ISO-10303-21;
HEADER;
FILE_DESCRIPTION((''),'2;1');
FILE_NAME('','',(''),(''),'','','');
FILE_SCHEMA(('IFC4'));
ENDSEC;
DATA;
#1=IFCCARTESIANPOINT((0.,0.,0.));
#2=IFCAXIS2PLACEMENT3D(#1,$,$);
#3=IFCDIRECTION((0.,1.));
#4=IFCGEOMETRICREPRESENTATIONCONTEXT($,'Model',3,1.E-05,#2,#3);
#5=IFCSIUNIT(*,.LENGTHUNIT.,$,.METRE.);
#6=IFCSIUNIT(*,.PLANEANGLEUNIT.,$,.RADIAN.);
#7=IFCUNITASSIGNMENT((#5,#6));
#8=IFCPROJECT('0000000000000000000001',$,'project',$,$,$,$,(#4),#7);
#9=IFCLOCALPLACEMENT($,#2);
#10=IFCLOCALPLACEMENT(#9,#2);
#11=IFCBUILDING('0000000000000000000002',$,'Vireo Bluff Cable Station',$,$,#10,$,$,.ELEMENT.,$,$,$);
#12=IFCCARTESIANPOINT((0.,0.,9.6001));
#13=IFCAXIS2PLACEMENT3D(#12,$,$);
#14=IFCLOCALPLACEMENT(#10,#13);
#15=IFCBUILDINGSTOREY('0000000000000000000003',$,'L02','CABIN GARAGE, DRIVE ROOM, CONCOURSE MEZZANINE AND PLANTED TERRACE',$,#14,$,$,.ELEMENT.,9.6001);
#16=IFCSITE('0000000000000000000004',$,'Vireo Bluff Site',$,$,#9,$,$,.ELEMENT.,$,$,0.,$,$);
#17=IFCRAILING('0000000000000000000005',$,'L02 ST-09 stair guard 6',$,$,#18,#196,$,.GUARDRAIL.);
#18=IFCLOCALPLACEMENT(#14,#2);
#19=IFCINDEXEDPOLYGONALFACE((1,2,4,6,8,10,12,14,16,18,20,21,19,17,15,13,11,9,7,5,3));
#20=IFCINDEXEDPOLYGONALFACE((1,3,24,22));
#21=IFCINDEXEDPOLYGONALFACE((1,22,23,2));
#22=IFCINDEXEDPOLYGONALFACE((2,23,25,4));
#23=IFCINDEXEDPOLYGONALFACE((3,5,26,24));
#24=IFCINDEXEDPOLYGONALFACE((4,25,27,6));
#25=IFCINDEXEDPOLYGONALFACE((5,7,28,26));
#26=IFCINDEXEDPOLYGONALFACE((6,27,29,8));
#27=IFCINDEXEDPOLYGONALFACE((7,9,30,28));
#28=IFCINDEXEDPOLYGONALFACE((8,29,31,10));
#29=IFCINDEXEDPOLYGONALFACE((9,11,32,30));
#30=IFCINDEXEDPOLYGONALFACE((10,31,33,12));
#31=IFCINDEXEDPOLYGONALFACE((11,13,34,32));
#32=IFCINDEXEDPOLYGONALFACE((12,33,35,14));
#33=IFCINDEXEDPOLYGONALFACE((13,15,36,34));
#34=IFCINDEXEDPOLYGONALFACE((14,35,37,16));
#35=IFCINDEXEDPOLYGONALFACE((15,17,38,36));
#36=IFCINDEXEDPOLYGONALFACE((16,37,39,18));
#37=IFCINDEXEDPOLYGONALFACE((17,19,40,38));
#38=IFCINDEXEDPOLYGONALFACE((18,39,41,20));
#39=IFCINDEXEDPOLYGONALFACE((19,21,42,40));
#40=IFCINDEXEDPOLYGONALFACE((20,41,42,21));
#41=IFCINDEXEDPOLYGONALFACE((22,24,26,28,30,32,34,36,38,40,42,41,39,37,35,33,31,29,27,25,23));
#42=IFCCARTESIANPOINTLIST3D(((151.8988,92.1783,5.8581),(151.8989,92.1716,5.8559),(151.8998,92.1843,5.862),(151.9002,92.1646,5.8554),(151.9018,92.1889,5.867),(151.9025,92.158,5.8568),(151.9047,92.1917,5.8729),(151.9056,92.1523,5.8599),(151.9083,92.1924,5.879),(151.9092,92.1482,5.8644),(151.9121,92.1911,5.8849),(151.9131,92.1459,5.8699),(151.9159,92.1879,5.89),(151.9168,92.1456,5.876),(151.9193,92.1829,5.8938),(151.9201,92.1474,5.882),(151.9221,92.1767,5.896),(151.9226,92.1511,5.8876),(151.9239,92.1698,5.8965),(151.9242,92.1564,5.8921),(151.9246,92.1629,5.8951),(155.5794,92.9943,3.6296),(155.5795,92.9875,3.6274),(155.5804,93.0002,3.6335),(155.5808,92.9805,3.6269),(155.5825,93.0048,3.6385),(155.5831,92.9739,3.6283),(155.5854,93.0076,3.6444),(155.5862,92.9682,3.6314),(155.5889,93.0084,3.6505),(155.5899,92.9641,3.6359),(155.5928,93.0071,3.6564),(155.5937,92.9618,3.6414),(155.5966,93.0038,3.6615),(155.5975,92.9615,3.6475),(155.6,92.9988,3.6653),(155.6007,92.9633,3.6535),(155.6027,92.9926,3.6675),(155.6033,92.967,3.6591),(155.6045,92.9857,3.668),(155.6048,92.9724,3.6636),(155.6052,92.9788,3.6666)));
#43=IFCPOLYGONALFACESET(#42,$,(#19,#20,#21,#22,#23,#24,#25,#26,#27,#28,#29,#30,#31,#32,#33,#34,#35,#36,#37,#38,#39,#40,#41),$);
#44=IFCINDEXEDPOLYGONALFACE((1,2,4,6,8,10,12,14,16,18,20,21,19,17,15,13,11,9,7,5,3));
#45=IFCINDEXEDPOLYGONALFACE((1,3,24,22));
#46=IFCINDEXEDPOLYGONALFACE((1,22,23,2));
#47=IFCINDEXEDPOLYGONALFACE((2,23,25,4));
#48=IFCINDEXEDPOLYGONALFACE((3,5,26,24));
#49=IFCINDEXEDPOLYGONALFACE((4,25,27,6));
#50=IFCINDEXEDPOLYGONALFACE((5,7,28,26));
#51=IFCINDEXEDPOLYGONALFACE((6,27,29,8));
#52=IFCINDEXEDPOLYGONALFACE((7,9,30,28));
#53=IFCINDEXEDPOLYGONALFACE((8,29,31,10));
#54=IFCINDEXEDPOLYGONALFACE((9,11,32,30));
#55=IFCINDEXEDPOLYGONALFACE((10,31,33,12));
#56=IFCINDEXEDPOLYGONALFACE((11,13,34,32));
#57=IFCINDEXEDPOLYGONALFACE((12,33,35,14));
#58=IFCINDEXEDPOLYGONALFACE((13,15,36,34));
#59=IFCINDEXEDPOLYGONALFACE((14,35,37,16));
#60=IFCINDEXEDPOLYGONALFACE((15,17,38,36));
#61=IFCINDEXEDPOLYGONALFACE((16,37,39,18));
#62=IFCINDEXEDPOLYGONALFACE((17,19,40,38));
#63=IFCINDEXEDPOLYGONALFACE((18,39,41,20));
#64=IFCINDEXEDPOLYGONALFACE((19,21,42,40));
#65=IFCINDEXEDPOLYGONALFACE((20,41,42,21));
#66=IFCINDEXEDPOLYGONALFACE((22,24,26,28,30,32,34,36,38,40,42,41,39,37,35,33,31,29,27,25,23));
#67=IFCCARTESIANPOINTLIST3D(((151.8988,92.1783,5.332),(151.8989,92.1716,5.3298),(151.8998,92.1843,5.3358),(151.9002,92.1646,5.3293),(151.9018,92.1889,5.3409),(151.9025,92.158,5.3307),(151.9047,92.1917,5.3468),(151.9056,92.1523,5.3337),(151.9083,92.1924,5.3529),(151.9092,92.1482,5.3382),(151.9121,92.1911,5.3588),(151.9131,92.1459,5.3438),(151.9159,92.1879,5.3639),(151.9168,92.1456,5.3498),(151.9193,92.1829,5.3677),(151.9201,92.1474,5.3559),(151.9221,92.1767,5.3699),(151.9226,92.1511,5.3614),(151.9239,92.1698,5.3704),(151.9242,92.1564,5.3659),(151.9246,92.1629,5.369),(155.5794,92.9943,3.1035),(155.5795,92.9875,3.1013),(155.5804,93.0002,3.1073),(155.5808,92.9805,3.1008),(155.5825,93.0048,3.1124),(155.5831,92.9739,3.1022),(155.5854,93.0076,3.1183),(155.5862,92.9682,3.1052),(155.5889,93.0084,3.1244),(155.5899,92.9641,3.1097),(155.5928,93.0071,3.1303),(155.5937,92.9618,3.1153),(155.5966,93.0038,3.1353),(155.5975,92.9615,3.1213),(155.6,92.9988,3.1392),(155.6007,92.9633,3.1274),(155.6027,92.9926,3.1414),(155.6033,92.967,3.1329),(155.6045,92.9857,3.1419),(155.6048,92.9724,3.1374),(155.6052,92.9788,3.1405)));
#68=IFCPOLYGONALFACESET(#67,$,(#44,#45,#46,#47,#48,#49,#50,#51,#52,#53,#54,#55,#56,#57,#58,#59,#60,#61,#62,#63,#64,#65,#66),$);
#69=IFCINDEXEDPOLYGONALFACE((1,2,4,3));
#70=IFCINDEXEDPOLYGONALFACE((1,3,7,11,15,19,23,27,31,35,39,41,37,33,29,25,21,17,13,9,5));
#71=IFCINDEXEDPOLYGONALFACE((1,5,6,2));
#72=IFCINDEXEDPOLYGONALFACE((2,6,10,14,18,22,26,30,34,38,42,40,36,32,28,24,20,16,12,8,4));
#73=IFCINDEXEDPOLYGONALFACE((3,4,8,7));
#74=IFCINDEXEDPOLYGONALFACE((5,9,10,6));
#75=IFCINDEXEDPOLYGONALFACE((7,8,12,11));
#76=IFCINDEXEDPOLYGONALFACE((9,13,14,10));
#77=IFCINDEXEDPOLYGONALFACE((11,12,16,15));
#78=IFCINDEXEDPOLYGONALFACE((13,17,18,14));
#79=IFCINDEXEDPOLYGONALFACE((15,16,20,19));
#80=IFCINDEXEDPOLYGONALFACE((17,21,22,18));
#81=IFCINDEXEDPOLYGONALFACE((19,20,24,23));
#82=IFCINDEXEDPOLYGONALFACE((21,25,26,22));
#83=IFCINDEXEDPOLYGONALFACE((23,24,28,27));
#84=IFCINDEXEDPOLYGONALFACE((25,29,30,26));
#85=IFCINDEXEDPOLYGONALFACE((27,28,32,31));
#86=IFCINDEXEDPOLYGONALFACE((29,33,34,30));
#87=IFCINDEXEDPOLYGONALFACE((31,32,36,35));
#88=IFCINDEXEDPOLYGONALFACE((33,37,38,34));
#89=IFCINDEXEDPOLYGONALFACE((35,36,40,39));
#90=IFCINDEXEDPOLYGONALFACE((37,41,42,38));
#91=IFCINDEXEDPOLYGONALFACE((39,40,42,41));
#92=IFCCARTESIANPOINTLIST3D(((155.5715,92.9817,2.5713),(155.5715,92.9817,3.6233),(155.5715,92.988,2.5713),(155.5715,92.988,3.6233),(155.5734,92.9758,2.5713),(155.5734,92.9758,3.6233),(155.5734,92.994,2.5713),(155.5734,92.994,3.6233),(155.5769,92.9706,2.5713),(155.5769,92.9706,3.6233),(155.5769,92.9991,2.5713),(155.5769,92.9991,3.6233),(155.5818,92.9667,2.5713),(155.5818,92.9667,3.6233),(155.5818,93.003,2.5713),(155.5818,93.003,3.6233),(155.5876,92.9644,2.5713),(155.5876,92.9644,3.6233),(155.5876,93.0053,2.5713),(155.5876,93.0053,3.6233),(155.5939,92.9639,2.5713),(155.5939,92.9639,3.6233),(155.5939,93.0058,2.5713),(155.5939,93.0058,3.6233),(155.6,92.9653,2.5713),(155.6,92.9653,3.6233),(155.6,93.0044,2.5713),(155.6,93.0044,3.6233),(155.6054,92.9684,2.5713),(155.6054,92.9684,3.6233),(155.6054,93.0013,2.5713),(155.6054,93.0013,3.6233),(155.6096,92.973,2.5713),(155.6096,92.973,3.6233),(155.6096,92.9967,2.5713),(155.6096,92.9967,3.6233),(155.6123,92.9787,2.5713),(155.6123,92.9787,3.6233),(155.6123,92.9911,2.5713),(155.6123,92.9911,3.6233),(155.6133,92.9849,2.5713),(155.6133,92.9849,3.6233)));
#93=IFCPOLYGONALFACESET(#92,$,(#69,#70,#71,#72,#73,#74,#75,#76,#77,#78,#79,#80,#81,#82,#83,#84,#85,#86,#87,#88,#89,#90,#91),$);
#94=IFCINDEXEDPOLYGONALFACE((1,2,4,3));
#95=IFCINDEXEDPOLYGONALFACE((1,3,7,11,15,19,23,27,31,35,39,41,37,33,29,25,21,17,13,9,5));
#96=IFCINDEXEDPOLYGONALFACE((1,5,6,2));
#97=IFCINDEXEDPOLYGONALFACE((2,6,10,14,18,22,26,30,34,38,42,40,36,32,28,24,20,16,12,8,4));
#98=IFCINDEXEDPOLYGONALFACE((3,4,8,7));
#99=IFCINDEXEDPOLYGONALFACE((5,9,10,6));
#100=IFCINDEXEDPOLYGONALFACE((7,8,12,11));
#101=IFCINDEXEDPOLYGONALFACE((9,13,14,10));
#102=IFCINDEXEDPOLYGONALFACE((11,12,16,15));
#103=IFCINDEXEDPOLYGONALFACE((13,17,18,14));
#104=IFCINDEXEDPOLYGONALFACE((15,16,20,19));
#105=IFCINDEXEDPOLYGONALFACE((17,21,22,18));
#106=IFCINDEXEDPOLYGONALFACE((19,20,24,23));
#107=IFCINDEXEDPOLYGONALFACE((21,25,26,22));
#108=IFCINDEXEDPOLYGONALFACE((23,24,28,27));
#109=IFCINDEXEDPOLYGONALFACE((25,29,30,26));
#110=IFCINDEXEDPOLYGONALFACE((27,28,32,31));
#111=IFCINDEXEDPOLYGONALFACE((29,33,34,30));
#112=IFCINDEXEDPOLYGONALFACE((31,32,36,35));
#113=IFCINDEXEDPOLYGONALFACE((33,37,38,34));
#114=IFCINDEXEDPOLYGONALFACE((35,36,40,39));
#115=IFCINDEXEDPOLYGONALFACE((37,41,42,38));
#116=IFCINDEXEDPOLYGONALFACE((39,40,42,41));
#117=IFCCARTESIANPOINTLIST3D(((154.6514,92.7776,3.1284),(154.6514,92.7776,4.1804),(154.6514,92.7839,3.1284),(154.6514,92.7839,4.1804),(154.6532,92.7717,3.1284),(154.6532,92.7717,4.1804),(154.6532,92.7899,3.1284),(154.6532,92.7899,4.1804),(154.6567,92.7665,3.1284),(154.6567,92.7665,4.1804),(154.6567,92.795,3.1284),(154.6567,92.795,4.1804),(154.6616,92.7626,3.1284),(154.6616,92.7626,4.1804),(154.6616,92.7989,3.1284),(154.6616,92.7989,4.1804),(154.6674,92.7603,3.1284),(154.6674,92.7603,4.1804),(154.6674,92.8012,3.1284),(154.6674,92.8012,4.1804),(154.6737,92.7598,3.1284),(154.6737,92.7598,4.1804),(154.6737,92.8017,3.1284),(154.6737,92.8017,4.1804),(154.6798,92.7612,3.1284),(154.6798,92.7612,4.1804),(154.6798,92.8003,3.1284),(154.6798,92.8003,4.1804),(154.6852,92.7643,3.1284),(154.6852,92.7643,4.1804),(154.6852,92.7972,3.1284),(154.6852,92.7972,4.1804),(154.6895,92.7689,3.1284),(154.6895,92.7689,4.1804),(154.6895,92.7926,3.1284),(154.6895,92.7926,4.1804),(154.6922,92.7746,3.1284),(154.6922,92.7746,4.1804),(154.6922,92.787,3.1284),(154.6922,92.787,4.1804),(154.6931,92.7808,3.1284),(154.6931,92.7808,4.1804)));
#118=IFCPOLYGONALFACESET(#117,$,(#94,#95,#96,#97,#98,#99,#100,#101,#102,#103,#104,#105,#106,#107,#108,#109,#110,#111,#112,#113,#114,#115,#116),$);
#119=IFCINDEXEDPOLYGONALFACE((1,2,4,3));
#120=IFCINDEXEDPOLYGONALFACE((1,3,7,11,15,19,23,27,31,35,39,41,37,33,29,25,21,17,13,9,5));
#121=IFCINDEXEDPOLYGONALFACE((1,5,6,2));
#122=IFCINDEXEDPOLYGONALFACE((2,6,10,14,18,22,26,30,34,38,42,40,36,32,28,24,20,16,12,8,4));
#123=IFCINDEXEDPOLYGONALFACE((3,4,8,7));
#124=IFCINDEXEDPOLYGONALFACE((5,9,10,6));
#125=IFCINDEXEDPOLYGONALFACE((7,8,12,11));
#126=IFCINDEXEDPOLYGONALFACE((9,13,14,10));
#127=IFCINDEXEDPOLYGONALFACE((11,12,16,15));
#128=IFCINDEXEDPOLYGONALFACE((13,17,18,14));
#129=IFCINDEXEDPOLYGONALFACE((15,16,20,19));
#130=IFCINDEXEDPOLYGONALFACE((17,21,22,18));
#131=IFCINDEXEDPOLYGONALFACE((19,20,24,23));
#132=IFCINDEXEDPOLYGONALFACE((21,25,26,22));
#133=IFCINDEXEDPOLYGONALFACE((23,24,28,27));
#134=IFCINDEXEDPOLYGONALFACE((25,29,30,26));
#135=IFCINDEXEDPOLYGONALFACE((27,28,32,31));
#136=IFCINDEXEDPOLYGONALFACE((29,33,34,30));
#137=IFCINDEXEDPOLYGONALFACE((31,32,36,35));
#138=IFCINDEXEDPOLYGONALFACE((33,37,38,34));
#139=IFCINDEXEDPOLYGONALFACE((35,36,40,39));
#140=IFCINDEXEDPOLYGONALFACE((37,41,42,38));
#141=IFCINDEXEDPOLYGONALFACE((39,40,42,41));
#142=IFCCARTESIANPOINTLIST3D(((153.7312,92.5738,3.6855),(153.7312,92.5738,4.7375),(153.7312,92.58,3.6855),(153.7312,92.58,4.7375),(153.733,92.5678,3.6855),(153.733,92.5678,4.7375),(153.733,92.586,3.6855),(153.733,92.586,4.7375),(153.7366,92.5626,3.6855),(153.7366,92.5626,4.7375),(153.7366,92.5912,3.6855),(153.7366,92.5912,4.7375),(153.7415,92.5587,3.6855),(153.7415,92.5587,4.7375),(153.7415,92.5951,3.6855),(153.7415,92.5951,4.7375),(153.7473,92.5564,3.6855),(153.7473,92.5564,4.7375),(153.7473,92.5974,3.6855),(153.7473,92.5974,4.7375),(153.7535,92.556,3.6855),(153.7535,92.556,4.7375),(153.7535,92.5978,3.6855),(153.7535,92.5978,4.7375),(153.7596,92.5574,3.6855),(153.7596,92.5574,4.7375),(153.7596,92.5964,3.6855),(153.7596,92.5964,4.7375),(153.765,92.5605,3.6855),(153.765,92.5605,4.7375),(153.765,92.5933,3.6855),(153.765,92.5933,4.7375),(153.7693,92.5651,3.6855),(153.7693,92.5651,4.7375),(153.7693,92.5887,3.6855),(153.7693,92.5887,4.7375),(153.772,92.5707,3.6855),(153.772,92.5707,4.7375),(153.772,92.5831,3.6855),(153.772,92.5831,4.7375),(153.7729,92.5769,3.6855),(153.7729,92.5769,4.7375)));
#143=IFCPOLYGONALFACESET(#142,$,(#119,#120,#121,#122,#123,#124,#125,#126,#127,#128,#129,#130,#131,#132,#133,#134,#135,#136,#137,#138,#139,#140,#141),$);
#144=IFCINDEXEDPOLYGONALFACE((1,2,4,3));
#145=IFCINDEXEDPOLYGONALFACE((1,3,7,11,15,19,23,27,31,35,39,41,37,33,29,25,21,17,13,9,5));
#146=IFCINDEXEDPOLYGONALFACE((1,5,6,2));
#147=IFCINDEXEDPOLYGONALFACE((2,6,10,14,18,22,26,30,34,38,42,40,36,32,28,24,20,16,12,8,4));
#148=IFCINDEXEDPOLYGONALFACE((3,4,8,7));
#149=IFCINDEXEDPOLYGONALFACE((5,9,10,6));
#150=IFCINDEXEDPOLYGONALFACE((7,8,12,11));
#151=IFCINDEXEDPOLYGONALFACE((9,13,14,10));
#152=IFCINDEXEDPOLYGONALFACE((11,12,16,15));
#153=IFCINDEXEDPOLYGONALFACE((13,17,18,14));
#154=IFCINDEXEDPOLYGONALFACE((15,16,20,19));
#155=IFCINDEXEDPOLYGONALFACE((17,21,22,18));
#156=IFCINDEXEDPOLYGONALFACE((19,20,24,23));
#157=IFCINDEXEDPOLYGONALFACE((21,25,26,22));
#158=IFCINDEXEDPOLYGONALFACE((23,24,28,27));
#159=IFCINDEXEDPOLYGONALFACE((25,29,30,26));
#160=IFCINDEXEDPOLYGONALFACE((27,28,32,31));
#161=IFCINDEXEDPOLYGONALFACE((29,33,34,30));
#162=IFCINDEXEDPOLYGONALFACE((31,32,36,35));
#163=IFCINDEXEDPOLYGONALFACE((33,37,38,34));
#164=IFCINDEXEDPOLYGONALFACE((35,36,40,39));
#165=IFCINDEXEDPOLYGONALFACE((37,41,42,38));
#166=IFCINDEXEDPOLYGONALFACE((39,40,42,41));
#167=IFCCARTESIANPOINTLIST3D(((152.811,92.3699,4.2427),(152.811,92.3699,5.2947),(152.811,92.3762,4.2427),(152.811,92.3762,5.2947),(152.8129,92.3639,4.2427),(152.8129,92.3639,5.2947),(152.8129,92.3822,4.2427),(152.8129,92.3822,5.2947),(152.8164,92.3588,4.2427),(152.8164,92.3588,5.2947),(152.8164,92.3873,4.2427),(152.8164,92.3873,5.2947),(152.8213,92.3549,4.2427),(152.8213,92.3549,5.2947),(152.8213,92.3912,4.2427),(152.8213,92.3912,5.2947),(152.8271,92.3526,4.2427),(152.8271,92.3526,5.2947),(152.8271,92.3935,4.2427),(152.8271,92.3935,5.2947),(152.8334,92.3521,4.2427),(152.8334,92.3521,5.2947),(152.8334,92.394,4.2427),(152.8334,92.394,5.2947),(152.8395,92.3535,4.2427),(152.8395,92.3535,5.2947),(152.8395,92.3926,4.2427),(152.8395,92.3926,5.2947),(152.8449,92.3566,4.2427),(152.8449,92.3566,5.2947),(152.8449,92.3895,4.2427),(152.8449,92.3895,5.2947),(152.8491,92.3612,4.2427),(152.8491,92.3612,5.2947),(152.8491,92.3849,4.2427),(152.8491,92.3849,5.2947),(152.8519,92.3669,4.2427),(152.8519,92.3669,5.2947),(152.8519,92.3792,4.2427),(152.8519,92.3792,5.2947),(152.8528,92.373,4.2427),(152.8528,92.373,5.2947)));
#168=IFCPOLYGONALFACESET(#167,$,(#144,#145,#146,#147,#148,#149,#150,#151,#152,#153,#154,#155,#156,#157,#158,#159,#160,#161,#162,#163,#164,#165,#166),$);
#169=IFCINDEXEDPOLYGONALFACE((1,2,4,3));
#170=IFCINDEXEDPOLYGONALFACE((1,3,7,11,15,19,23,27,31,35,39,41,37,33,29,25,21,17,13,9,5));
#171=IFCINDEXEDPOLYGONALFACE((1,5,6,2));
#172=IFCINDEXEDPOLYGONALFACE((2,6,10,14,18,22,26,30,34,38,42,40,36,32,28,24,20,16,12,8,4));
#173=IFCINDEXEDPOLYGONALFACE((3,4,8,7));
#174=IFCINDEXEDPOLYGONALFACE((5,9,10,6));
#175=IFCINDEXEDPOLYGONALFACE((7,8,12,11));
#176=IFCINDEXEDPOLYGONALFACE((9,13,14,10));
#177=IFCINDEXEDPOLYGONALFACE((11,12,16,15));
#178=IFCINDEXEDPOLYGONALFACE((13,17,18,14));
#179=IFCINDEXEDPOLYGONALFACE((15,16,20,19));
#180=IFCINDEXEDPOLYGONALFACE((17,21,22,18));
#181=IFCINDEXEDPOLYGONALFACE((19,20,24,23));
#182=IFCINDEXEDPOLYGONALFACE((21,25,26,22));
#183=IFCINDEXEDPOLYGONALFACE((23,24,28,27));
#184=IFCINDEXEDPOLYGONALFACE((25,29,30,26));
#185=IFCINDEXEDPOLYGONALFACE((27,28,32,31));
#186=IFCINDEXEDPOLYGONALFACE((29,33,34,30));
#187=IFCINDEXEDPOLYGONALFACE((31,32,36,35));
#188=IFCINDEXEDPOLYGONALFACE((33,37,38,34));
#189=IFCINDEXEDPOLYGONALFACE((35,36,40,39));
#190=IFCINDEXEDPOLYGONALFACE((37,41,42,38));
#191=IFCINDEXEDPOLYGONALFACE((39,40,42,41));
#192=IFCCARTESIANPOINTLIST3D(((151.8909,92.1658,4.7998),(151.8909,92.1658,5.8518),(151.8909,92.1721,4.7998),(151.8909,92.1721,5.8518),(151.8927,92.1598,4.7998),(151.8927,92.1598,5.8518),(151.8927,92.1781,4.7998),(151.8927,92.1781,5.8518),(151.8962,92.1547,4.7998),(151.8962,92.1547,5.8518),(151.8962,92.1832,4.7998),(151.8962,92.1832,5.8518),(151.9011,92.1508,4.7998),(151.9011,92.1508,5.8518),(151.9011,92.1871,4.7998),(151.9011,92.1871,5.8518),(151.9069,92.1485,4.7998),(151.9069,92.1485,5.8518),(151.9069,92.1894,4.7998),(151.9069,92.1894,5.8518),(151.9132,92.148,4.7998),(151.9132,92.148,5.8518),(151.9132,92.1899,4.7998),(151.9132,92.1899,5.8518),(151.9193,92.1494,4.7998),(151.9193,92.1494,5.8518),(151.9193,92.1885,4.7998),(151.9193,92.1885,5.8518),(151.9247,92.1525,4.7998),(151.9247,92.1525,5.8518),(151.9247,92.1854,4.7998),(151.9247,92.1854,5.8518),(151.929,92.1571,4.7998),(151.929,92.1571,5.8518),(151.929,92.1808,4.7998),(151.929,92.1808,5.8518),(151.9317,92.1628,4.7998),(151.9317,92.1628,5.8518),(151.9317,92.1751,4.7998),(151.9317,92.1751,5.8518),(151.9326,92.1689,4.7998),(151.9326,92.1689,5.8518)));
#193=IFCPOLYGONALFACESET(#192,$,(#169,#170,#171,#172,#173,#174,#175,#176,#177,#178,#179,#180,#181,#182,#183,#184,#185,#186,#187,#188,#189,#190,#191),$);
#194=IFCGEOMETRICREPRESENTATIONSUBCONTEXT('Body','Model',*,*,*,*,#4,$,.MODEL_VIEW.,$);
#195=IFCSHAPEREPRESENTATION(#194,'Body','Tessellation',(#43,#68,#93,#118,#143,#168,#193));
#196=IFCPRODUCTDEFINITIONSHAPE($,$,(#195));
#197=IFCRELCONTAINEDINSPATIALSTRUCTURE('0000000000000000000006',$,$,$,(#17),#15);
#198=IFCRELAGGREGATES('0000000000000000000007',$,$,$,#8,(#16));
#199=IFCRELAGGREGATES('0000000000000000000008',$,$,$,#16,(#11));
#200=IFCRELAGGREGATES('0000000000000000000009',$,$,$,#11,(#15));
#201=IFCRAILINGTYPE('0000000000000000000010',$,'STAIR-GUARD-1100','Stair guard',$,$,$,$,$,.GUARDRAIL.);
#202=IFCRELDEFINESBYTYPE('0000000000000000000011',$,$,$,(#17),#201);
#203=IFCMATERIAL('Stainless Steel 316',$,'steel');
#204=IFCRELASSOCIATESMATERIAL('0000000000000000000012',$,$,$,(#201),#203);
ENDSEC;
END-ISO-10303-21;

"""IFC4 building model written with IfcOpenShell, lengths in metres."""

from ifc_helpers import new_model, si_unit, direction, frame, origin, origin_2d, place, context, subcontext, project, spatial, circle, extrude, material, type_object, element, save


model = new_model("IFC4")

# Units and contexts
model_context = context("Model", 3, precision=1e-05, world=origin(), true_north=direction((0.0, 1.0)))
body_context = subcontext(model_context, "Body", "Model", "MODEL_VIEW")
ifc_project = project(units=[si_unit("LENGTHUNIT", "METRE"), si_unit("PLANEANGLEUNIT", "RADIAN")], contexts=[model_context])

# Site, building, storey
site_placement = place(None, origin())
site = spatial("IfcSite", under=ifc_project, at=site_placement, Name="Vireo Bluff Site", CompositionType="ELEMENT", RefElevation=0.0)
building_placement = place(site_placement, origin())
building = spatial("IfcBuilding", under=site, at=building_placement, Name="Vireo Bluff Cable Station", CompositionType="ELEMENT")
storey_placement = place(building_placement, frame((0.0, 0.0, 9.6001)))
storey = spatial("IfcBuildingStorey", under=building, at=storey_placement, Name="L02", Description="CABIN GARAGE, DRIVE ROOM, CONCOURSE MEZZANINE AND PLANTED TERRACE", CompositionType="ELEMENT", Elevation=9.6001)

# Railing
ifc_material_1 = material(Name="Stainless Steel 316", Category="steel")
railing_type_1 = type_object("IfcRailingType", Name="STAIR-GUARD-1100", Description="Stair guard", PredefinedType="GUARDRAIL", material=ifc_material_1)
railing_1_placement = place(storey_placement, frame((155.5923, 92.9849, 2.5713)))
element("IfcRailing", 1, at=railing_1_placement, inside=storey, type_object=railing_type_1, Name="L02 ST-09 stair guard 6", PredefinedType="GUARDRAIL", context=body_context, shape_type="SweptSolid", body=[
    extrude(circle(Radius=0.0239, at=origin_2d()), frame((0.0, 0.0, 1.0762), z_axis=(-0.840446, -0.186307, 0.508861), x_axis=(0.216423, -0.9763, 0.0)), (0.0, 0.0, 1.0), 4.3794),
    extrude(circle(Radius=0.0239, at=origin_2d()), frame((0.0, 0.0, 0.55), z_axis=(-0.840446, -0.186307, 0.508861), x_axis=(0.216423, -0.9763, 0.0)), (0.0, 0.0, 1.0), 4.3794),
    extrude(circle(Radius=0.021, at=origin_2d()), origin(), (0.0, 0.0, 1.0), 1.052),
    extrude(circle(Radius=0.021, at=origin_2d()), frame((-0.9202, -0.2041, 0.5571)), (0.0, 0.0, 1.0), 1.052),
    extrude(circle(Radius=0.021, at=origin_2d()), frame((-1.8403, -0.408, 1.1143)), (0.0, 0.0, 1.0), 1.052),
    extrude(circle(Radius=0.021, at=origin_2d()), frame((-2.7605, -0.6118, 1.6714)), (0.0, 0.0, 1.0), 1.052),
    extrude(circle(Radius=0.021, at=origin_2d()), frame((-3.6807, -0.8159, 2.2285)), (0.0, 0.0, 1.0), 1.052),
])

save(model, "model.ifc")
